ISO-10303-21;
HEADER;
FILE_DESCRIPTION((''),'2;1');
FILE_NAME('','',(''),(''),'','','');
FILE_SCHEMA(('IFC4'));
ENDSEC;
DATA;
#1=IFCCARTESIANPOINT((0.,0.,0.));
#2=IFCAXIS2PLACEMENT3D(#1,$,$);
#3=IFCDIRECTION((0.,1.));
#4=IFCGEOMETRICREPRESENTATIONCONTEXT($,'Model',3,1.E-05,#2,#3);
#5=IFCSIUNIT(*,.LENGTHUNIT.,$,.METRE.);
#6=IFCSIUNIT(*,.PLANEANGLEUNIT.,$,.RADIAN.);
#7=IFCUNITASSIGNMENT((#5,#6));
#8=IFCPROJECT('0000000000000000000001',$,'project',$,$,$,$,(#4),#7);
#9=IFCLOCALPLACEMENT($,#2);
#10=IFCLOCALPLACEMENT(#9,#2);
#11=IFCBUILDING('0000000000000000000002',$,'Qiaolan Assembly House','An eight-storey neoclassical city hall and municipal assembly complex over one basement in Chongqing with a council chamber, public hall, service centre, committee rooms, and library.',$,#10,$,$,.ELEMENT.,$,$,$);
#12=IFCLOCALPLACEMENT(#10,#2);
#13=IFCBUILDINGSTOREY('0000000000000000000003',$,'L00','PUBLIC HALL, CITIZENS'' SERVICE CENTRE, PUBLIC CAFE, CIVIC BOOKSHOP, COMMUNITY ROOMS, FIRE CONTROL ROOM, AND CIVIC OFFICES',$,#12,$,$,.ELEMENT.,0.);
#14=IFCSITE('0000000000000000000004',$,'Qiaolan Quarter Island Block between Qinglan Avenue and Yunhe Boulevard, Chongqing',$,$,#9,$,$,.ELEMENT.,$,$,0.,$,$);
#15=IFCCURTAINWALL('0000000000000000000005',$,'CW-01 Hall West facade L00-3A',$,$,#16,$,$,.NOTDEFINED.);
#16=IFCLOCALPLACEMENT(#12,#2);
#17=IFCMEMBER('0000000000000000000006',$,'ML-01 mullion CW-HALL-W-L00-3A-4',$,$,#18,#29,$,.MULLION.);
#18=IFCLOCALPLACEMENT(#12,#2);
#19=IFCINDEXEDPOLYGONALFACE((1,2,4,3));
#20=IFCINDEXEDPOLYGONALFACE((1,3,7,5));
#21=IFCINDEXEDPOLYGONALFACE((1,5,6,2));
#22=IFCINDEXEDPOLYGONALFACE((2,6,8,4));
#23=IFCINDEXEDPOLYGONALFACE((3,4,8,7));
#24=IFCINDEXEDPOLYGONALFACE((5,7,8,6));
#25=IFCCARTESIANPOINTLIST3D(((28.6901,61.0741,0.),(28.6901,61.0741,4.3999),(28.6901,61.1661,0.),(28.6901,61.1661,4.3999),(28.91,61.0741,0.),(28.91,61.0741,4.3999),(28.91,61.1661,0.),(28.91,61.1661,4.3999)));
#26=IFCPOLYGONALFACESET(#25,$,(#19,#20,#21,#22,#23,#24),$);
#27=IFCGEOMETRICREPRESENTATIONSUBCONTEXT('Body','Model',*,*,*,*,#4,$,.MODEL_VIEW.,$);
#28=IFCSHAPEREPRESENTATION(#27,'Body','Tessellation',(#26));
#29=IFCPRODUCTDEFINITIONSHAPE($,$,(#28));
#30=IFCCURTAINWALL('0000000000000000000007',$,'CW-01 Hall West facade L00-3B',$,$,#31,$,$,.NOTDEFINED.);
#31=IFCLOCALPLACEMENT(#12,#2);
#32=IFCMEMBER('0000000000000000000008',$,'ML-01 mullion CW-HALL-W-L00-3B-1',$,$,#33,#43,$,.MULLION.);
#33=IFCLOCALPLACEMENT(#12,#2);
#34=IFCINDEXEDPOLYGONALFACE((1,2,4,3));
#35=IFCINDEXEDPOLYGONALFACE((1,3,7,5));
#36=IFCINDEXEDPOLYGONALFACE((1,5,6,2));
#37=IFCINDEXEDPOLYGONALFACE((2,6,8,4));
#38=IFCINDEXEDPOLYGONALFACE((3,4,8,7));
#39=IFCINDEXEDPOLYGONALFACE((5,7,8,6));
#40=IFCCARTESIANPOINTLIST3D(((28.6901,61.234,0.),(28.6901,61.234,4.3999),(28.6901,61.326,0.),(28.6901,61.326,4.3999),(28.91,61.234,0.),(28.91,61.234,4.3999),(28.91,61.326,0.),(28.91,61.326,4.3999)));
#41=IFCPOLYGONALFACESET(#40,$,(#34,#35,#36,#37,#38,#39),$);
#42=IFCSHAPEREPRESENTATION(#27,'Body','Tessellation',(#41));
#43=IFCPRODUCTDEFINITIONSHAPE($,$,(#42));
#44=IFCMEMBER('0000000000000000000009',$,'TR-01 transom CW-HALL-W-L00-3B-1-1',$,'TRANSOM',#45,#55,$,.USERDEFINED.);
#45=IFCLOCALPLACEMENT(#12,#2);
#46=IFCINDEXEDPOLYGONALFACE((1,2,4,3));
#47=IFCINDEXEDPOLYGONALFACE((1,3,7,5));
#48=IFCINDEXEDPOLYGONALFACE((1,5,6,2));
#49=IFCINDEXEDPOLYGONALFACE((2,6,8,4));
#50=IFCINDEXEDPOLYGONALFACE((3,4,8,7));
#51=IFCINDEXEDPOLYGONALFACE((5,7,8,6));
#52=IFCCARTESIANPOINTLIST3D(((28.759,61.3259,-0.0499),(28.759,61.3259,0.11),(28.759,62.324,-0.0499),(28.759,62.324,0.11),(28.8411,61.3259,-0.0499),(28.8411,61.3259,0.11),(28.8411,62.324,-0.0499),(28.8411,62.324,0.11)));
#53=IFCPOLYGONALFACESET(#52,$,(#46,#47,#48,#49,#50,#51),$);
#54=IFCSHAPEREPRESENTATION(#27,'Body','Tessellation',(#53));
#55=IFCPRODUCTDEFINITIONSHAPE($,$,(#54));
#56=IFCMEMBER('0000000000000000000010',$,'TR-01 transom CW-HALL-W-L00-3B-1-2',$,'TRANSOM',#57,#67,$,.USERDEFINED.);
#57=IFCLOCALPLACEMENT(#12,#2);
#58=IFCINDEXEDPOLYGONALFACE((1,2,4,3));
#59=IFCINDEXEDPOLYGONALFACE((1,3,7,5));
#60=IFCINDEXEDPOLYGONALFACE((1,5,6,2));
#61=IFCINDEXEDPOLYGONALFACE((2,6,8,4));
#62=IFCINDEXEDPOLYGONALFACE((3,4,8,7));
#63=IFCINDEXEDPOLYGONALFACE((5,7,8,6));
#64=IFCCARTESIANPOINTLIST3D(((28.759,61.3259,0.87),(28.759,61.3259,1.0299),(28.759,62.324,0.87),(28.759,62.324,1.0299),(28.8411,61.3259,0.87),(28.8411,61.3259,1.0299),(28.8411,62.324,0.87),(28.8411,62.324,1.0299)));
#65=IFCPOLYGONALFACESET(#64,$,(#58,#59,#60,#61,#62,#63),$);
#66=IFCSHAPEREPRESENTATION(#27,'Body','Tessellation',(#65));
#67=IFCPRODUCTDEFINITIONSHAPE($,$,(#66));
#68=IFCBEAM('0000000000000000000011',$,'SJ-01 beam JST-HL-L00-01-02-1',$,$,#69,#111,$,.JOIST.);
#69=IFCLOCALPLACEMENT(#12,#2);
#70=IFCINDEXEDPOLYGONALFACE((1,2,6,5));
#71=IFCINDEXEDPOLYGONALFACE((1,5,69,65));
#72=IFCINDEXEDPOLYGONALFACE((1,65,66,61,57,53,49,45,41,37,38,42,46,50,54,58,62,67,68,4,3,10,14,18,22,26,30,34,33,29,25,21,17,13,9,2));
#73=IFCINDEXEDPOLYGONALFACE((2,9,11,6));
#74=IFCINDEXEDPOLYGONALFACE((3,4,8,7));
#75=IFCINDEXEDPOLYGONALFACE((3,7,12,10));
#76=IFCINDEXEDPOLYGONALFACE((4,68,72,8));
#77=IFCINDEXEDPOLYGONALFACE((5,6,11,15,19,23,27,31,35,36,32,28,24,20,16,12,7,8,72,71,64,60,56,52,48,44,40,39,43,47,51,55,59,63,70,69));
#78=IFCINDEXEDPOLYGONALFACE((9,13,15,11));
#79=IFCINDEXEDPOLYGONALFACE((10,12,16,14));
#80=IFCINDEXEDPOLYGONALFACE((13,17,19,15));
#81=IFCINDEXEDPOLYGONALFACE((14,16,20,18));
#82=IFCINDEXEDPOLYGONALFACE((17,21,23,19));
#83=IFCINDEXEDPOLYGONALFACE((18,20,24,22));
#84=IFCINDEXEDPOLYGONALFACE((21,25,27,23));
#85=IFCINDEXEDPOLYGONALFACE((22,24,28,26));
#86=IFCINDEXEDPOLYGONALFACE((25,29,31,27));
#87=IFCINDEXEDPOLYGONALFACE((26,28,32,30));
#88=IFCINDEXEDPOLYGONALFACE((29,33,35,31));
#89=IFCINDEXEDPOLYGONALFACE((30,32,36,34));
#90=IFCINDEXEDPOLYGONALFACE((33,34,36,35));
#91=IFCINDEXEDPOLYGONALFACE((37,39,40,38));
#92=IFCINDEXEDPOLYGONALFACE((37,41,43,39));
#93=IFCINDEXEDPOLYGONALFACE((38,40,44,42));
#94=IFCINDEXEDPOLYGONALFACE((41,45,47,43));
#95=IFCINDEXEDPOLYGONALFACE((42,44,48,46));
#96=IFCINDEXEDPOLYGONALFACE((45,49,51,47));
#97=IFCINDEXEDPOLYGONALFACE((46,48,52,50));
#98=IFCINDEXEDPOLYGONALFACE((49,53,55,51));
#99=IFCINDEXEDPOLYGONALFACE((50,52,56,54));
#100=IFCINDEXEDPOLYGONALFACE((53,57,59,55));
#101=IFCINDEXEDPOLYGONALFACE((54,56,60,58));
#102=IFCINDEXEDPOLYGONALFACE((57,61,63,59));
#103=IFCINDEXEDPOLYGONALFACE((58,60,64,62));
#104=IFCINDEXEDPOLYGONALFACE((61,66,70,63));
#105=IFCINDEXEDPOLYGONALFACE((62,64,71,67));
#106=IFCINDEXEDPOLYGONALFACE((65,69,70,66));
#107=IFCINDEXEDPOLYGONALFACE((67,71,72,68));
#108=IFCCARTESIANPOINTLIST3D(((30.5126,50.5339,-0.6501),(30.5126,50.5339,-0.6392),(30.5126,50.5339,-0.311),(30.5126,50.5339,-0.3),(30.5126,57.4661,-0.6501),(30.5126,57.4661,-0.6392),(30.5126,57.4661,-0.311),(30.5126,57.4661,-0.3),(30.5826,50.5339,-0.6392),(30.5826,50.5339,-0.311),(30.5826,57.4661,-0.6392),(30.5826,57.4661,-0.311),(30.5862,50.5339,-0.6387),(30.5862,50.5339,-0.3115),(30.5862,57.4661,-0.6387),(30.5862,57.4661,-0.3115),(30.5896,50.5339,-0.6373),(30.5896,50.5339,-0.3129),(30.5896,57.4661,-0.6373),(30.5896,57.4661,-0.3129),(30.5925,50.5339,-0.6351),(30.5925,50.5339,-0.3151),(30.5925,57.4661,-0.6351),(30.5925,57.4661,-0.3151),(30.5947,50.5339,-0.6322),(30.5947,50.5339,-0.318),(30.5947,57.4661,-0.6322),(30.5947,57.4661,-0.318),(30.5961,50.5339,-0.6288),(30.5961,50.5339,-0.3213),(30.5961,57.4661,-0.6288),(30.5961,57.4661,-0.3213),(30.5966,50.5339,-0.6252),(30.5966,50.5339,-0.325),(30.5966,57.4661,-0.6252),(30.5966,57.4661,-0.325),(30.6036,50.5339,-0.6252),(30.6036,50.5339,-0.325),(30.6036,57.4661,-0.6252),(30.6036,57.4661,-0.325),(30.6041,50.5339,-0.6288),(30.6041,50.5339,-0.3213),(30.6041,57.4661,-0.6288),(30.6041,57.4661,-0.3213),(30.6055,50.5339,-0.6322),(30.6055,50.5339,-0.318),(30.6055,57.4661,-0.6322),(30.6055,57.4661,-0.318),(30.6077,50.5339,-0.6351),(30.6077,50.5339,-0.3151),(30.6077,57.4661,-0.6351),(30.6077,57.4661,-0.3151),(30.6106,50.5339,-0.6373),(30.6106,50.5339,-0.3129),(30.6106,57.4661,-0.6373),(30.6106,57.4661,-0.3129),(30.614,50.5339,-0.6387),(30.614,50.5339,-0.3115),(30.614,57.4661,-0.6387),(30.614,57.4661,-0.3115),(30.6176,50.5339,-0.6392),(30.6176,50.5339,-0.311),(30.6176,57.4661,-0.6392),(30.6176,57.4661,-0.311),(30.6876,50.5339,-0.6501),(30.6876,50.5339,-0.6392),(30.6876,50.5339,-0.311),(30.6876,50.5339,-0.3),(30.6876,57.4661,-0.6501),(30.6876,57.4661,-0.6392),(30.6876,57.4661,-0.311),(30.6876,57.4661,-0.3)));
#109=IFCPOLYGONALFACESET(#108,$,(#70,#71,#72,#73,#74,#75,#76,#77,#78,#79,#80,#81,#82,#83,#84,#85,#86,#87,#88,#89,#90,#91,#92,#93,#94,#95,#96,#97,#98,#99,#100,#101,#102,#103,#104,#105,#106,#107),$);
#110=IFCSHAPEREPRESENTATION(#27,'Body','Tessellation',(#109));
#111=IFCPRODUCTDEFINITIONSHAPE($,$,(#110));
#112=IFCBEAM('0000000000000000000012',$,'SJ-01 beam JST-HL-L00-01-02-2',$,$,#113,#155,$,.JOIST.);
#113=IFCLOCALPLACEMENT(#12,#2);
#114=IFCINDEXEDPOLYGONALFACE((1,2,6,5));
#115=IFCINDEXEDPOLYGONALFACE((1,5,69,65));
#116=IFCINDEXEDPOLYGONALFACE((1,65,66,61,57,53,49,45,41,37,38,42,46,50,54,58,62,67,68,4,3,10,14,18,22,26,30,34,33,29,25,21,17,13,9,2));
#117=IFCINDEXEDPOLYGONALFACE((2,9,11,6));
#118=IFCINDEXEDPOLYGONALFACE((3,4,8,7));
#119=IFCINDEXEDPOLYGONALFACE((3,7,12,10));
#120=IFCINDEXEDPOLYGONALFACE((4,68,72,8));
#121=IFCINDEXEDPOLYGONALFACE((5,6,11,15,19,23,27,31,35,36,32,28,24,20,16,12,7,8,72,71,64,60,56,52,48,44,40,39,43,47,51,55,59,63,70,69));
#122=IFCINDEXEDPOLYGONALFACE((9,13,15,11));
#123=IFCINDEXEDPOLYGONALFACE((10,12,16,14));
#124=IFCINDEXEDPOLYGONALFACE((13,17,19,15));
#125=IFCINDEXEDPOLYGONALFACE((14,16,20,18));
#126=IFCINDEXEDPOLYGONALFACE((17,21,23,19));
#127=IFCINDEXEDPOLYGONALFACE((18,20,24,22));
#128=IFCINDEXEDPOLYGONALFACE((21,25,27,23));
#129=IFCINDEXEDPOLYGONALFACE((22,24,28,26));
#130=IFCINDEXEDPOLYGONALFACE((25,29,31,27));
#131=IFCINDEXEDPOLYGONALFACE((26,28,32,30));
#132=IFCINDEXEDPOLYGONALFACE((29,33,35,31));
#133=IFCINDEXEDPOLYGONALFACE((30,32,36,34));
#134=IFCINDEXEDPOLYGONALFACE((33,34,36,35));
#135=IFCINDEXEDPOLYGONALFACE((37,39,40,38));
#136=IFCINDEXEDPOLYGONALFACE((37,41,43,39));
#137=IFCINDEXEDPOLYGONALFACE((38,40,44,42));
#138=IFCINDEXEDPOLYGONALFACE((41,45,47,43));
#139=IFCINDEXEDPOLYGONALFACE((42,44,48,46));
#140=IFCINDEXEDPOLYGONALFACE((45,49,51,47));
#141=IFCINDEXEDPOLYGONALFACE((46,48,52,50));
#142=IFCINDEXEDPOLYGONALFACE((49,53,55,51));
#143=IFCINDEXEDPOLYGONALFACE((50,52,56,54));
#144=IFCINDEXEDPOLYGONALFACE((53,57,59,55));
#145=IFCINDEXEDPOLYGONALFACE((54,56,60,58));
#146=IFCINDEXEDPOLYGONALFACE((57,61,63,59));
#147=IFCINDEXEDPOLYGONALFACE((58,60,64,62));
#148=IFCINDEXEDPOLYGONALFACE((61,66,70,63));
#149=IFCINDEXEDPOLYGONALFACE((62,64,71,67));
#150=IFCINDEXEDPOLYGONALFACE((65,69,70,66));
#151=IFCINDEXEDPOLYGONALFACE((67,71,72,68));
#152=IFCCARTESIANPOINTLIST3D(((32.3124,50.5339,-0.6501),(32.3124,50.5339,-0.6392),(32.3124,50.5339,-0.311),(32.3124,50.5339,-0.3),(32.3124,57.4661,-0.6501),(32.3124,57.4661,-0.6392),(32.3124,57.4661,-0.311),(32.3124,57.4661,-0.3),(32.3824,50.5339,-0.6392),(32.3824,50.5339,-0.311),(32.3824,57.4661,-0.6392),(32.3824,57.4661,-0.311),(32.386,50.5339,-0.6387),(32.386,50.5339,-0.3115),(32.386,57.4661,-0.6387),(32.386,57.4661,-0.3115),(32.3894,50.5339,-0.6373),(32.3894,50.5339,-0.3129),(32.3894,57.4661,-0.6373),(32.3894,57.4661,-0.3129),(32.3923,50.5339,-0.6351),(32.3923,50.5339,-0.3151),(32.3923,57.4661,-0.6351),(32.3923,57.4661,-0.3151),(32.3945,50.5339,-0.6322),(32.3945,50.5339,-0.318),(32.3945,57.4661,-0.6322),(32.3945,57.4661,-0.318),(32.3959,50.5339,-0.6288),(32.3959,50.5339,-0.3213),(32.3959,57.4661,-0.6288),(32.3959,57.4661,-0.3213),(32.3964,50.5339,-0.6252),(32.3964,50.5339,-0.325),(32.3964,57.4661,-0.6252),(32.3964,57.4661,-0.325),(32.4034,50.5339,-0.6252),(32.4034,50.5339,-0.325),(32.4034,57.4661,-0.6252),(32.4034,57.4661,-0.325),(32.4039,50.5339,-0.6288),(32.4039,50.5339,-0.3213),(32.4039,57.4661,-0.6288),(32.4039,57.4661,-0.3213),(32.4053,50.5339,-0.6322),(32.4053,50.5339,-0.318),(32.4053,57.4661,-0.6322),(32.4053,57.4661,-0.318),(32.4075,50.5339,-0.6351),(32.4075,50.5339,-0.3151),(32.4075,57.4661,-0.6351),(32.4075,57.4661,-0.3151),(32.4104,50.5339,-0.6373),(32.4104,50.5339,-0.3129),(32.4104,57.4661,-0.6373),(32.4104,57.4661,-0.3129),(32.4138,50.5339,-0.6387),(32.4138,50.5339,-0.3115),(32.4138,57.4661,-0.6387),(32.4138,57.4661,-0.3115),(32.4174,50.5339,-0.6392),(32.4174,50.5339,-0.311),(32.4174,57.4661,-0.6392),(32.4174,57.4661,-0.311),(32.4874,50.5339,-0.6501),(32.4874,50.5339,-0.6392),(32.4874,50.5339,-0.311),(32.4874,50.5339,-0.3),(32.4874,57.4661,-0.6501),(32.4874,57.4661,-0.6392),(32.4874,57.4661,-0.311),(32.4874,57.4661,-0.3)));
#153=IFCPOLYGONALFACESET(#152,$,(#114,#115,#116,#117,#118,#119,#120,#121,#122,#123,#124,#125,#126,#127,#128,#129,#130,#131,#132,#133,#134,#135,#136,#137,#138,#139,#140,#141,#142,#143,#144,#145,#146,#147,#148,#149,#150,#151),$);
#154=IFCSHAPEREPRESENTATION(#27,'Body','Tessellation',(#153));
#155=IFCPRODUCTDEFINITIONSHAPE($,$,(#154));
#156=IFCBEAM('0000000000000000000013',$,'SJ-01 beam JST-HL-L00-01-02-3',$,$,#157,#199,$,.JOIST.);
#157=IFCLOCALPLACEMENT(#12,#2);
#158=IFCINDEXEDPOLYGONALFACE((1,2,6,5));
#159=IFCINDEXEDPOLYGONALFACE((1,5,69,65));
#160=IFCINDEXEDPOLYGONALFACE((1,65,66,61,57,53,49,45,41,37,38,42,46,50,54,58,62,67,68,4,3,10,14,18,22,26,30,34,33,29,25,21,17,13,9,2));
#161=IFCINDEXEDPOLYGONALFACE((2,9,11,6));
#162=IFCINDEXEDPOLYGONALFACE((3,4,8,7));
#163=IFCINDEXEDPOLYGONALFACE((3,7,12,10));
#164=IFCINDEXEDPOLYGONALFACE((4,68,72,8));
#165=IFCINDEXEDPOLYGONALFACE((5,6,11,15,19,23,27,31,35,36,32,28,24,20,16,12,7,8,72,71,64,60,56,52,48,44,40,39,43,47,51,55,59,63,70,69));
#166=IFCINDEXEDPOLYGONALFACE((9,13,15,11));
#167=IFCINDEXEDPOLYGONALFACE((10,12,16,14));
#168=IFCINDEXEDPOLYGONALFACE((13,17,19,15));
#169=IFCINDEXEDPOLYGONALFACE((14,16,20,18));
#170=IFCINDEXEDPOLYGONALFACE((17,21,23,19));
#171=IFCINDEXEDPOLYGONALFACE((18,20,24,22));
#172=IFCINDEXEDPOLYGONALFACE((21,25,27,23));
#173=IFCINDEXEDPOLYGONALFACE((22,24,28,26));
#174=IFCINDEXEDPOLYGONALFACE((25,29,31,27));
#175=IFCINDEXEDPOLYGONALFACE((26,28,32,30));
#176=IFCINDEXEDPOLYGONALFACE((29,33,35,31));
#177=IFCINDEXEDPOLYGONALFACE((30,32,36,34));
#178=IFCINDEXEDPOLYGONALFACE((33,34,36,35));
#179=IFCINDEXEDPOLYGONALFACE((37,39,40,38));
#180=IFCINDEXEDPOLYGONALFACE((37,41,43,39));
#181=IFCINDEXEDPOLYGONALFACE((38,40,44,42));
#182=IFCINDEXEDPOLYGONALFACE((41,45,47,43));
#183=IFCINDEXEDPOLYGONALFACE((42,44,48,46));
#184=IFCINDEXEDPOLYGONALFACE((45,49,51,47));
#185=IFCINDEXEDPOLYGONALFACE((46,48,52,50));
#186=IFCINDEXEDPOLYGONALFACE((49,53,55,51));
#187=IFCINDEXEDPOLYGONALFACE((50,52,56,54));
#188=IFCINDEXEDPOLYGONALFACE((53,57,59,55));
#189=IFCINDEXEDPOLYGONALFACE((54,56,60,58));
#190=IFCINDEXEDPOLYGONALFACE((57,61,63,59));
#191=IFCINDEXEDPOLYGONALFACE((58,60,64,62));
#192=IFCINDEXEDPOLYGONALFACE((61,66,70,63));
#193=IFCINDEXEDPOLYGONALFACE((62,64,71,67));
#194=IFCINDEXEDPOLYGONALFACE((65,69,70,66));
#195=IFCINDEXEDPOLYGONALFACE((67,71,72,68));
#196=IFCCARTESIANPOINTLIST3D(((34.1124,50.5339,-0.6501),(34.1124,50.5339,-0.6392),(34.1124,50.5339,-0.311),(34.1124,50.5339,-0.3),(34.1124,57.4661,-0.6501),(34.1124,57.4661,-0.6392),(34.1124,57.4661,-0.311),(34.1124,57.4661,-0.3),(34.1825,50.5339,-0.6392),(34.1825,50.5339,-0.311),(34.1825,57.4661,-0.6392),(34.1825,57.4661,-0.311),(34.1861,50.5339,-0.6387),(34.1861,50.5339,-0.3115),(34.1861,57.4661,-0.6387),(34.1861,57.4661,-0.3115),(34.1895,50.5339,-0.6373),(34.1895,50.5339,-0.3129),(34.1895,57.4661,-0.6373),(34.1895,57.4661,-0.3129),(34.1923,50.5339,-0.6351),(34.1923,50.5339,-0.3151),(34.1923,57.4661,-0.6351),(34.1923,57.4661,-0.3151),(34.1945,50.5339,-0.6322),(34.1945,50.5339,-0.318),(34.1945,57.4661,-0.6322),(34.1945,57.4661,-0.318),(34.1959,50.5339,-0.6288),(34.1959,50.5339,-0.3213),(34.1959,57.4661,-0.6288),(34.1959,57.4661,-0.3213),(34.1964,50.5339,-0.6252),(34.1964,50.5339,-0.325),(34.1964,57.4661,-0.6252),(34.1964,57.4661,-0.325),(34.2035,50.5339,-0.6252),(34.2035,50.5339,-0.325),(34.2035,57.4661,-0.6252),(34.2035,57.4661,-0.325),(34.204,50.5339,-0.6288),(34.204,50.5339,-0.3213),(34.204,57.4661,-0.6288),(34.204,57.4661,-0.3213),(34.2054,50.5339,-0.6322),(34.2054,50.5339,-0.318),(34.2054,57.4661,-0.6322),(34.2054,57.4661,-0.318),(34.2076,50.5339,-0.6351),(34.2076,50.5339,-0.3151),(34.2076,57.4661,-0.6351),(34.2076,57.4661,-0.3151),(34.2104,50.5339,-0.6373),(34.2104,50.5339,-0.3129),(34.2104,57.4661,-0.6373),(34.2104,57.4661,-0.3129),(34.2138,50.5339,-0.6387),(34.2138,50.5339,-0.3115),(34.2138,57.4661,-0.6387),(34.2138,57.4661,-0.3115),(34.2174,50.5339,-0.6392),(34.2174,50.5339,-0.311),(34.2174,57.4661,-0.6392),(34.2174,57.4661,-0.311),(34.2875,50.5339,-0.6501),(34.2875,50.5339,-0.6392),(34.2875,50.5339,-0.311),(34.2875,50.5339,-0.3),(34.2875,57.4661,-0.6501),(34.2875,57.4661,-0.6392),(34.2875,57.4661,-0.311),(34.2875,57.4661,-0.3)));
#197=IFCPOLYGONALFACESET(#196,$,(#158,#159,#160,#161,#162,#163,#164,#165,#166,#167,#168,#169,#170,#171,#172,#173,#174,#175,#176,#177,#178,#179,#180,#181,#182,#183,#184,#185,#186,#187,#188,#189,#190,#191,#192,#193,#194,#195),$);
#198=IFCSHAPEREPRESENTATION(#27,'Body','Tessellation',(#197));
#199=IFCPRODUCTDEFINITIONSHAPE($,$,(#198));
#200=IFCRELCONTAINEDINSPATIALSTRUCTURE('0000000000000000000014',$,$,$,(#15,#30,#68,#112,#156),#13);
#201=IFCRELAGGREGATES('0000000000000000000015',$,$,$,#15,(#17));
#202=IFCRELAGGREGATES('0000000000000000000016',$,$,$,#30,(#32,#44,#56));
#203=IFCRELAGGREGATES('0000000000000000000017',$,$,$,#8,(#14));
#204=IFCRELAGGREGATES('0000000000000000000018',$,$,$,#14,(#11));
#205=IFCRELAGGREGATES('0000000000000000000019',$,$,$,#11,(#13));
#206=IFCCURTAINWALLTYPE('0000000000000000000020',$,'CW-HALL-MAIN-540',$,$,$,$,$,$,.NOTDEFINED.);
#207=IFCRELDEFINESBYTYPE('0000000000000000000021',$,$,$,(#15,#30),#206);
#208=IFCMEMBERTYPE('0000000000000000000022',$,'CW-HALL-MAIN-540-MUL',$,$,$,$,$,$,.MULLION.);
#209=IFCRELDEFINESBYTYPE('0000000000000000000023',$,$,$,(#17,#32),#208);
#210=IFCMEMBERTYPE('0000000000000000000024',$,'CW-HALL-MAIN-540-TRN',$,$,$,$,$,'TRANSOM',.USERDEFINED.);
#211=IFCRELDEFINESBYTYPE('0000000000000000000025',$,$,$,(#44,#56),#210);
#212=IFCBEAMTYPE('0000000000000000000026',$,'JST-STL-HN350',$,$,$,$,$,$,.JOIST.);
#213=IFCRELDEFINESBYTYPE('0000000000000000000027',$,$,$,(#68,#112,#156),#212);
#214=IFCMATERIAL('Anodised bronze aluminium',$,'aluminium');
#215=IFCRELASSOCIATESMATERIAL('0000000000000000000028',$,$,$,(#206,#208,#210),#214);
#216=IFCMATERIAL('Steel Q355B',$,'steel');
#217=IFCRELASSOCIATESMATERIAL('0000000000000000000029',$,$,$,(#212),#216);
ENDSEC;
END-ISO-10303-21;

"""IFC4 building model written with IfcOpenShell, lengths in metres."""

from ifc_helpers import new_model, si_unit, direction, frame, origin, origin_2d, place, context, subcontext, project, spatial, rectangle, i_section, extrude, material, material_profile, profile_set, type_object, element, aggregate, save


model = new_model("IFC4")

# Units and contexts
model_context = context("Model", 3, precision=1e-05, world=origin(), true_north=direction((0.0, 1.0)))
body_context = subcontext(model_context, "Body", "Model", "MODEL_VIEW")
ifc_project = project(units=[si_unit("LENGTHUNIT", "METRE"), si_unit("PLANEANGLEUNIT", "RADIAN")], contexts=[model_context])

# Site, building, storey
site_placement = place(None, origin())
site = spatial("IfcSite", under=ifc_project, at=site_placement, Name="Qiaolan Quarter Island Block between Qinglan Avenue and Yunhe Boulevard, Chongqing", CompositionType="ELEMENT", RefElevation=0.0)
building_placement = place(site_placement, origin())
building = spatial("IfcBuilding", under=site, at=building_placement, Name="Qiaolan Assembly House", Description="An eight-storey neoclassical city hall and municipal assembly complex over one basement in Chongqing with a council chamber, public hall, service centre, committee rooms, and library.", CompositionType="ELEMENT")
storey_placement = place(building_placement, origin())
storey = spatial("IfcBuildingStorey", under=building, at=storey_placement, Name="L00", Description="PUBLIC HALL, CITIZENS' SERVICE CENTRE, PUBLIC CAFE, CIVIC BOOKSHOP, COMMUNITY ROOMS, FIRE CONTROL ROOM, AND CIVIC OFFICES", CompositionType="ELEMENT", Elevation=0.0)

# Shared definitions
ifc_material_1 = material(Name="Steel Q355B", Category="steel")

# Curtain wall, member
ifc_material_2 = material(Name="Anodised bronze aluminium", Category="aluminium")
curtain_wall_type = type_object("IfcCurtainWallType", Name="CW-HALL-MAIN-540", PredefinedType="NOTDEFINED", material=ifc_material_2)
curtain_wall_1_placement = place(storey_placement, origin())
curtain_wall_1 = element("IfcCurtainWall", 1, at=curtain_wall_1_placement, inside=storey, type_object=curtain_wall_type, Name="CW-01 Hall West facade L00-3A", PredefinedType="NOTDEFINED")
ifc_material_profile_1 = material_profile(ifc_material_2, rectangle(XDim=0.092, YDim=0.22, at=origin_2d()), Name="MUL 92x220")
ifc_profile_set_1 = profile_set([ifc_material_profile_1], Name="Anodised bronze aluminium")
member_type_1 = type_object("IfcMemberType", Name="CW-HALL-MAIN-540-MUL", PredefinedType="MULLION", material=ifc_profile_set_1)
member_1_placement = place(storey_placement, frame((28.8, 61.1201, 0.0), z_axis=(0.0, 0.0, 1.0), x_axis=(0.0, 1.0, 0.0)))
member_1 = element("IfcMember", 2, at=member_1_placement, type_object=member_type_1, Name="ML-01 mullion CW-HALL-W-L00-3A-4", PredefinedType="MULLION", context=body_context, shape_type="SweptSolid", body=[
    extrude(rectangle(XDim=0.092, YDim=0.22, at=origin_2d()), origin(), (0.0, 0.0, 1.0), 4.3999),
])
aggregate(curtain_wall_1, [member_1])

# Curtain wall, members
curtain_wall_2_placement = place(storey_placement, origin())
curtain_wall_2 = element("IfcCurtainWall", 3, at=curtain_wall_2_placement, inside=storey, type_object=curtain_wall_type, Name="CW-01 Hall West facade L00-3B", PredefinedType="NOTDEFINED")
member_2_placement = place(storey_placement, frame((28.8, 61.28, 0.0), z_axis=(0.0, 0.0, 1.0), x_axis=(0.0, 1.0, 0.0)))
member_2 = element("IfcMember", 4, at=member_2_placement, type_object=member_type_1, Name="ML-01 mullion CW-HALL-W-L00-3B-1", PredefinedType="MULLION", context=body_context, shape_type="SweptSolid", body=[
    extrude(rectangle(XDim=0.092, YDim=0.22, at=origin_2d()), origin(), (0.0, 0.0, 1.0), 4.3999),
])
ifc_material_profile_2 = material_profile(ifc_material_2, rectangle(XDim=0.082, YDim=0.1599, at=origin_2d()), Name="TRN 82x160")
ifc_profile_set_2 = profile_set([ifc_material_profile_2], Name="Anodised bronze aluminium")
member_type_2 = type_object("IfcMemberType", Name="CW-HALL-MAIN-540-TRN", ElementType="TRANSOM", PredefinedType="USERDEFINED", material=ifc_profile_set_2)
member_3_placement = place(storey_placement, frame((28.8, 61.3259, 0.03), z_axis=(0.0, 1.0, 0.0), x_axis=(-1.0, 0.0, 0.0)))
member_3 = element("IfcMember", 5, at=member_3_placement, type_object=member_type_2, Name="TR-01 transom CW-HALL-W-L00-3B-1-1", ObjectType="TRANSOM", PredefinedType="USERDEFINED", context=body_context, shape_type="SweptSolid", body=[
    extrude(rectangle(XDim=0.082, YDim=0.1599, at=origin_2d()), origin(), (0.0, 0.0, 1.0), 0.998),
])
member_4_placement = place(storey_placement, frame((28.8, 61.3259, 0.95), z_axis=(0.0, 1.0, 0.0), x_axis=(-1.0, 0.0, 0.0)))
member_4 = element("IfcMember", 6, at=member_4_placement, type_object=member_type_2, Name="TR-01 transom CW-HALL-W-L00-3B-1-2", ObjectType="TRANSOM", PredefinedType="USERDEFINED", context=body_context, shape_type="SweptSolid", body=[
    extrude(rectangle(XDim=0.082, YDim=0.1599, at=origin_2d()), origin(), (0.0, 0.0, 1.0), 0.998),
])

# Beams
ifc_material_profile_3 = material_profile(ifc_material_1, i_section(OverallWidth=0.175, OverallDepth=0.3501, WebThickness=0.0071, FlangeThickness=0.011, FilletRadius=0.0139, at=origin_2d()), Name="HN 350x175x7x11")
ifc_profile_set_3 = profile_set([ifc_material_profile_3], Name="Steel Q355B")
beam_type_1 = type_object("IfcBeamType", Name="JST-STL-HN350", PredefinedType="JOIST", material=ifc_profile_set_3)
for number, where, z_axis, x_axis, name in (
    (7, (30.6001, 50.5339, -0.4751), (0.0, 1.0, 0.0), (-1.0, 0.0, 0.0), "SJ-01 beam JST-HL-L00-01-02-1"),
    (8, (32.3999, 50.5339, -0.4751), (0.0, 1.0, 0.0), (-1.0, 0.0, 0.0), "SJ-01 beam JST-HL-L00-01-02-2"),
    (9, (34.2, 50.5339, -0.4751), (0.0, 1.0, 0.0), (-1.0, 0.0, 0.0), "SJ-01 beam JST-HL-L00-01-02-3"),
):
    element("IfcBeam", number, at=place(storey_placement, frame(where, z_axis=z_axis, x_axis=x_axis)), inside=storey, type_object=beam_type_1, Name=name, PredefinedType="JOIST", context=body_context, shape_type="SweptSolid", body=[
        extrude(i_section(OverallWidth=0.175, OverallDepth=0.3501, WebThickness=0.0071, FlangeThickness=0.011, FilletRadius=0.0139, at=origin_2d()), origin(), (0.0, 0.0, 1.0), 6.9321),
    ])

aggregate(curtain_wall_2, [member_2, member_3, member_4])

save(model, "model.ifc")
